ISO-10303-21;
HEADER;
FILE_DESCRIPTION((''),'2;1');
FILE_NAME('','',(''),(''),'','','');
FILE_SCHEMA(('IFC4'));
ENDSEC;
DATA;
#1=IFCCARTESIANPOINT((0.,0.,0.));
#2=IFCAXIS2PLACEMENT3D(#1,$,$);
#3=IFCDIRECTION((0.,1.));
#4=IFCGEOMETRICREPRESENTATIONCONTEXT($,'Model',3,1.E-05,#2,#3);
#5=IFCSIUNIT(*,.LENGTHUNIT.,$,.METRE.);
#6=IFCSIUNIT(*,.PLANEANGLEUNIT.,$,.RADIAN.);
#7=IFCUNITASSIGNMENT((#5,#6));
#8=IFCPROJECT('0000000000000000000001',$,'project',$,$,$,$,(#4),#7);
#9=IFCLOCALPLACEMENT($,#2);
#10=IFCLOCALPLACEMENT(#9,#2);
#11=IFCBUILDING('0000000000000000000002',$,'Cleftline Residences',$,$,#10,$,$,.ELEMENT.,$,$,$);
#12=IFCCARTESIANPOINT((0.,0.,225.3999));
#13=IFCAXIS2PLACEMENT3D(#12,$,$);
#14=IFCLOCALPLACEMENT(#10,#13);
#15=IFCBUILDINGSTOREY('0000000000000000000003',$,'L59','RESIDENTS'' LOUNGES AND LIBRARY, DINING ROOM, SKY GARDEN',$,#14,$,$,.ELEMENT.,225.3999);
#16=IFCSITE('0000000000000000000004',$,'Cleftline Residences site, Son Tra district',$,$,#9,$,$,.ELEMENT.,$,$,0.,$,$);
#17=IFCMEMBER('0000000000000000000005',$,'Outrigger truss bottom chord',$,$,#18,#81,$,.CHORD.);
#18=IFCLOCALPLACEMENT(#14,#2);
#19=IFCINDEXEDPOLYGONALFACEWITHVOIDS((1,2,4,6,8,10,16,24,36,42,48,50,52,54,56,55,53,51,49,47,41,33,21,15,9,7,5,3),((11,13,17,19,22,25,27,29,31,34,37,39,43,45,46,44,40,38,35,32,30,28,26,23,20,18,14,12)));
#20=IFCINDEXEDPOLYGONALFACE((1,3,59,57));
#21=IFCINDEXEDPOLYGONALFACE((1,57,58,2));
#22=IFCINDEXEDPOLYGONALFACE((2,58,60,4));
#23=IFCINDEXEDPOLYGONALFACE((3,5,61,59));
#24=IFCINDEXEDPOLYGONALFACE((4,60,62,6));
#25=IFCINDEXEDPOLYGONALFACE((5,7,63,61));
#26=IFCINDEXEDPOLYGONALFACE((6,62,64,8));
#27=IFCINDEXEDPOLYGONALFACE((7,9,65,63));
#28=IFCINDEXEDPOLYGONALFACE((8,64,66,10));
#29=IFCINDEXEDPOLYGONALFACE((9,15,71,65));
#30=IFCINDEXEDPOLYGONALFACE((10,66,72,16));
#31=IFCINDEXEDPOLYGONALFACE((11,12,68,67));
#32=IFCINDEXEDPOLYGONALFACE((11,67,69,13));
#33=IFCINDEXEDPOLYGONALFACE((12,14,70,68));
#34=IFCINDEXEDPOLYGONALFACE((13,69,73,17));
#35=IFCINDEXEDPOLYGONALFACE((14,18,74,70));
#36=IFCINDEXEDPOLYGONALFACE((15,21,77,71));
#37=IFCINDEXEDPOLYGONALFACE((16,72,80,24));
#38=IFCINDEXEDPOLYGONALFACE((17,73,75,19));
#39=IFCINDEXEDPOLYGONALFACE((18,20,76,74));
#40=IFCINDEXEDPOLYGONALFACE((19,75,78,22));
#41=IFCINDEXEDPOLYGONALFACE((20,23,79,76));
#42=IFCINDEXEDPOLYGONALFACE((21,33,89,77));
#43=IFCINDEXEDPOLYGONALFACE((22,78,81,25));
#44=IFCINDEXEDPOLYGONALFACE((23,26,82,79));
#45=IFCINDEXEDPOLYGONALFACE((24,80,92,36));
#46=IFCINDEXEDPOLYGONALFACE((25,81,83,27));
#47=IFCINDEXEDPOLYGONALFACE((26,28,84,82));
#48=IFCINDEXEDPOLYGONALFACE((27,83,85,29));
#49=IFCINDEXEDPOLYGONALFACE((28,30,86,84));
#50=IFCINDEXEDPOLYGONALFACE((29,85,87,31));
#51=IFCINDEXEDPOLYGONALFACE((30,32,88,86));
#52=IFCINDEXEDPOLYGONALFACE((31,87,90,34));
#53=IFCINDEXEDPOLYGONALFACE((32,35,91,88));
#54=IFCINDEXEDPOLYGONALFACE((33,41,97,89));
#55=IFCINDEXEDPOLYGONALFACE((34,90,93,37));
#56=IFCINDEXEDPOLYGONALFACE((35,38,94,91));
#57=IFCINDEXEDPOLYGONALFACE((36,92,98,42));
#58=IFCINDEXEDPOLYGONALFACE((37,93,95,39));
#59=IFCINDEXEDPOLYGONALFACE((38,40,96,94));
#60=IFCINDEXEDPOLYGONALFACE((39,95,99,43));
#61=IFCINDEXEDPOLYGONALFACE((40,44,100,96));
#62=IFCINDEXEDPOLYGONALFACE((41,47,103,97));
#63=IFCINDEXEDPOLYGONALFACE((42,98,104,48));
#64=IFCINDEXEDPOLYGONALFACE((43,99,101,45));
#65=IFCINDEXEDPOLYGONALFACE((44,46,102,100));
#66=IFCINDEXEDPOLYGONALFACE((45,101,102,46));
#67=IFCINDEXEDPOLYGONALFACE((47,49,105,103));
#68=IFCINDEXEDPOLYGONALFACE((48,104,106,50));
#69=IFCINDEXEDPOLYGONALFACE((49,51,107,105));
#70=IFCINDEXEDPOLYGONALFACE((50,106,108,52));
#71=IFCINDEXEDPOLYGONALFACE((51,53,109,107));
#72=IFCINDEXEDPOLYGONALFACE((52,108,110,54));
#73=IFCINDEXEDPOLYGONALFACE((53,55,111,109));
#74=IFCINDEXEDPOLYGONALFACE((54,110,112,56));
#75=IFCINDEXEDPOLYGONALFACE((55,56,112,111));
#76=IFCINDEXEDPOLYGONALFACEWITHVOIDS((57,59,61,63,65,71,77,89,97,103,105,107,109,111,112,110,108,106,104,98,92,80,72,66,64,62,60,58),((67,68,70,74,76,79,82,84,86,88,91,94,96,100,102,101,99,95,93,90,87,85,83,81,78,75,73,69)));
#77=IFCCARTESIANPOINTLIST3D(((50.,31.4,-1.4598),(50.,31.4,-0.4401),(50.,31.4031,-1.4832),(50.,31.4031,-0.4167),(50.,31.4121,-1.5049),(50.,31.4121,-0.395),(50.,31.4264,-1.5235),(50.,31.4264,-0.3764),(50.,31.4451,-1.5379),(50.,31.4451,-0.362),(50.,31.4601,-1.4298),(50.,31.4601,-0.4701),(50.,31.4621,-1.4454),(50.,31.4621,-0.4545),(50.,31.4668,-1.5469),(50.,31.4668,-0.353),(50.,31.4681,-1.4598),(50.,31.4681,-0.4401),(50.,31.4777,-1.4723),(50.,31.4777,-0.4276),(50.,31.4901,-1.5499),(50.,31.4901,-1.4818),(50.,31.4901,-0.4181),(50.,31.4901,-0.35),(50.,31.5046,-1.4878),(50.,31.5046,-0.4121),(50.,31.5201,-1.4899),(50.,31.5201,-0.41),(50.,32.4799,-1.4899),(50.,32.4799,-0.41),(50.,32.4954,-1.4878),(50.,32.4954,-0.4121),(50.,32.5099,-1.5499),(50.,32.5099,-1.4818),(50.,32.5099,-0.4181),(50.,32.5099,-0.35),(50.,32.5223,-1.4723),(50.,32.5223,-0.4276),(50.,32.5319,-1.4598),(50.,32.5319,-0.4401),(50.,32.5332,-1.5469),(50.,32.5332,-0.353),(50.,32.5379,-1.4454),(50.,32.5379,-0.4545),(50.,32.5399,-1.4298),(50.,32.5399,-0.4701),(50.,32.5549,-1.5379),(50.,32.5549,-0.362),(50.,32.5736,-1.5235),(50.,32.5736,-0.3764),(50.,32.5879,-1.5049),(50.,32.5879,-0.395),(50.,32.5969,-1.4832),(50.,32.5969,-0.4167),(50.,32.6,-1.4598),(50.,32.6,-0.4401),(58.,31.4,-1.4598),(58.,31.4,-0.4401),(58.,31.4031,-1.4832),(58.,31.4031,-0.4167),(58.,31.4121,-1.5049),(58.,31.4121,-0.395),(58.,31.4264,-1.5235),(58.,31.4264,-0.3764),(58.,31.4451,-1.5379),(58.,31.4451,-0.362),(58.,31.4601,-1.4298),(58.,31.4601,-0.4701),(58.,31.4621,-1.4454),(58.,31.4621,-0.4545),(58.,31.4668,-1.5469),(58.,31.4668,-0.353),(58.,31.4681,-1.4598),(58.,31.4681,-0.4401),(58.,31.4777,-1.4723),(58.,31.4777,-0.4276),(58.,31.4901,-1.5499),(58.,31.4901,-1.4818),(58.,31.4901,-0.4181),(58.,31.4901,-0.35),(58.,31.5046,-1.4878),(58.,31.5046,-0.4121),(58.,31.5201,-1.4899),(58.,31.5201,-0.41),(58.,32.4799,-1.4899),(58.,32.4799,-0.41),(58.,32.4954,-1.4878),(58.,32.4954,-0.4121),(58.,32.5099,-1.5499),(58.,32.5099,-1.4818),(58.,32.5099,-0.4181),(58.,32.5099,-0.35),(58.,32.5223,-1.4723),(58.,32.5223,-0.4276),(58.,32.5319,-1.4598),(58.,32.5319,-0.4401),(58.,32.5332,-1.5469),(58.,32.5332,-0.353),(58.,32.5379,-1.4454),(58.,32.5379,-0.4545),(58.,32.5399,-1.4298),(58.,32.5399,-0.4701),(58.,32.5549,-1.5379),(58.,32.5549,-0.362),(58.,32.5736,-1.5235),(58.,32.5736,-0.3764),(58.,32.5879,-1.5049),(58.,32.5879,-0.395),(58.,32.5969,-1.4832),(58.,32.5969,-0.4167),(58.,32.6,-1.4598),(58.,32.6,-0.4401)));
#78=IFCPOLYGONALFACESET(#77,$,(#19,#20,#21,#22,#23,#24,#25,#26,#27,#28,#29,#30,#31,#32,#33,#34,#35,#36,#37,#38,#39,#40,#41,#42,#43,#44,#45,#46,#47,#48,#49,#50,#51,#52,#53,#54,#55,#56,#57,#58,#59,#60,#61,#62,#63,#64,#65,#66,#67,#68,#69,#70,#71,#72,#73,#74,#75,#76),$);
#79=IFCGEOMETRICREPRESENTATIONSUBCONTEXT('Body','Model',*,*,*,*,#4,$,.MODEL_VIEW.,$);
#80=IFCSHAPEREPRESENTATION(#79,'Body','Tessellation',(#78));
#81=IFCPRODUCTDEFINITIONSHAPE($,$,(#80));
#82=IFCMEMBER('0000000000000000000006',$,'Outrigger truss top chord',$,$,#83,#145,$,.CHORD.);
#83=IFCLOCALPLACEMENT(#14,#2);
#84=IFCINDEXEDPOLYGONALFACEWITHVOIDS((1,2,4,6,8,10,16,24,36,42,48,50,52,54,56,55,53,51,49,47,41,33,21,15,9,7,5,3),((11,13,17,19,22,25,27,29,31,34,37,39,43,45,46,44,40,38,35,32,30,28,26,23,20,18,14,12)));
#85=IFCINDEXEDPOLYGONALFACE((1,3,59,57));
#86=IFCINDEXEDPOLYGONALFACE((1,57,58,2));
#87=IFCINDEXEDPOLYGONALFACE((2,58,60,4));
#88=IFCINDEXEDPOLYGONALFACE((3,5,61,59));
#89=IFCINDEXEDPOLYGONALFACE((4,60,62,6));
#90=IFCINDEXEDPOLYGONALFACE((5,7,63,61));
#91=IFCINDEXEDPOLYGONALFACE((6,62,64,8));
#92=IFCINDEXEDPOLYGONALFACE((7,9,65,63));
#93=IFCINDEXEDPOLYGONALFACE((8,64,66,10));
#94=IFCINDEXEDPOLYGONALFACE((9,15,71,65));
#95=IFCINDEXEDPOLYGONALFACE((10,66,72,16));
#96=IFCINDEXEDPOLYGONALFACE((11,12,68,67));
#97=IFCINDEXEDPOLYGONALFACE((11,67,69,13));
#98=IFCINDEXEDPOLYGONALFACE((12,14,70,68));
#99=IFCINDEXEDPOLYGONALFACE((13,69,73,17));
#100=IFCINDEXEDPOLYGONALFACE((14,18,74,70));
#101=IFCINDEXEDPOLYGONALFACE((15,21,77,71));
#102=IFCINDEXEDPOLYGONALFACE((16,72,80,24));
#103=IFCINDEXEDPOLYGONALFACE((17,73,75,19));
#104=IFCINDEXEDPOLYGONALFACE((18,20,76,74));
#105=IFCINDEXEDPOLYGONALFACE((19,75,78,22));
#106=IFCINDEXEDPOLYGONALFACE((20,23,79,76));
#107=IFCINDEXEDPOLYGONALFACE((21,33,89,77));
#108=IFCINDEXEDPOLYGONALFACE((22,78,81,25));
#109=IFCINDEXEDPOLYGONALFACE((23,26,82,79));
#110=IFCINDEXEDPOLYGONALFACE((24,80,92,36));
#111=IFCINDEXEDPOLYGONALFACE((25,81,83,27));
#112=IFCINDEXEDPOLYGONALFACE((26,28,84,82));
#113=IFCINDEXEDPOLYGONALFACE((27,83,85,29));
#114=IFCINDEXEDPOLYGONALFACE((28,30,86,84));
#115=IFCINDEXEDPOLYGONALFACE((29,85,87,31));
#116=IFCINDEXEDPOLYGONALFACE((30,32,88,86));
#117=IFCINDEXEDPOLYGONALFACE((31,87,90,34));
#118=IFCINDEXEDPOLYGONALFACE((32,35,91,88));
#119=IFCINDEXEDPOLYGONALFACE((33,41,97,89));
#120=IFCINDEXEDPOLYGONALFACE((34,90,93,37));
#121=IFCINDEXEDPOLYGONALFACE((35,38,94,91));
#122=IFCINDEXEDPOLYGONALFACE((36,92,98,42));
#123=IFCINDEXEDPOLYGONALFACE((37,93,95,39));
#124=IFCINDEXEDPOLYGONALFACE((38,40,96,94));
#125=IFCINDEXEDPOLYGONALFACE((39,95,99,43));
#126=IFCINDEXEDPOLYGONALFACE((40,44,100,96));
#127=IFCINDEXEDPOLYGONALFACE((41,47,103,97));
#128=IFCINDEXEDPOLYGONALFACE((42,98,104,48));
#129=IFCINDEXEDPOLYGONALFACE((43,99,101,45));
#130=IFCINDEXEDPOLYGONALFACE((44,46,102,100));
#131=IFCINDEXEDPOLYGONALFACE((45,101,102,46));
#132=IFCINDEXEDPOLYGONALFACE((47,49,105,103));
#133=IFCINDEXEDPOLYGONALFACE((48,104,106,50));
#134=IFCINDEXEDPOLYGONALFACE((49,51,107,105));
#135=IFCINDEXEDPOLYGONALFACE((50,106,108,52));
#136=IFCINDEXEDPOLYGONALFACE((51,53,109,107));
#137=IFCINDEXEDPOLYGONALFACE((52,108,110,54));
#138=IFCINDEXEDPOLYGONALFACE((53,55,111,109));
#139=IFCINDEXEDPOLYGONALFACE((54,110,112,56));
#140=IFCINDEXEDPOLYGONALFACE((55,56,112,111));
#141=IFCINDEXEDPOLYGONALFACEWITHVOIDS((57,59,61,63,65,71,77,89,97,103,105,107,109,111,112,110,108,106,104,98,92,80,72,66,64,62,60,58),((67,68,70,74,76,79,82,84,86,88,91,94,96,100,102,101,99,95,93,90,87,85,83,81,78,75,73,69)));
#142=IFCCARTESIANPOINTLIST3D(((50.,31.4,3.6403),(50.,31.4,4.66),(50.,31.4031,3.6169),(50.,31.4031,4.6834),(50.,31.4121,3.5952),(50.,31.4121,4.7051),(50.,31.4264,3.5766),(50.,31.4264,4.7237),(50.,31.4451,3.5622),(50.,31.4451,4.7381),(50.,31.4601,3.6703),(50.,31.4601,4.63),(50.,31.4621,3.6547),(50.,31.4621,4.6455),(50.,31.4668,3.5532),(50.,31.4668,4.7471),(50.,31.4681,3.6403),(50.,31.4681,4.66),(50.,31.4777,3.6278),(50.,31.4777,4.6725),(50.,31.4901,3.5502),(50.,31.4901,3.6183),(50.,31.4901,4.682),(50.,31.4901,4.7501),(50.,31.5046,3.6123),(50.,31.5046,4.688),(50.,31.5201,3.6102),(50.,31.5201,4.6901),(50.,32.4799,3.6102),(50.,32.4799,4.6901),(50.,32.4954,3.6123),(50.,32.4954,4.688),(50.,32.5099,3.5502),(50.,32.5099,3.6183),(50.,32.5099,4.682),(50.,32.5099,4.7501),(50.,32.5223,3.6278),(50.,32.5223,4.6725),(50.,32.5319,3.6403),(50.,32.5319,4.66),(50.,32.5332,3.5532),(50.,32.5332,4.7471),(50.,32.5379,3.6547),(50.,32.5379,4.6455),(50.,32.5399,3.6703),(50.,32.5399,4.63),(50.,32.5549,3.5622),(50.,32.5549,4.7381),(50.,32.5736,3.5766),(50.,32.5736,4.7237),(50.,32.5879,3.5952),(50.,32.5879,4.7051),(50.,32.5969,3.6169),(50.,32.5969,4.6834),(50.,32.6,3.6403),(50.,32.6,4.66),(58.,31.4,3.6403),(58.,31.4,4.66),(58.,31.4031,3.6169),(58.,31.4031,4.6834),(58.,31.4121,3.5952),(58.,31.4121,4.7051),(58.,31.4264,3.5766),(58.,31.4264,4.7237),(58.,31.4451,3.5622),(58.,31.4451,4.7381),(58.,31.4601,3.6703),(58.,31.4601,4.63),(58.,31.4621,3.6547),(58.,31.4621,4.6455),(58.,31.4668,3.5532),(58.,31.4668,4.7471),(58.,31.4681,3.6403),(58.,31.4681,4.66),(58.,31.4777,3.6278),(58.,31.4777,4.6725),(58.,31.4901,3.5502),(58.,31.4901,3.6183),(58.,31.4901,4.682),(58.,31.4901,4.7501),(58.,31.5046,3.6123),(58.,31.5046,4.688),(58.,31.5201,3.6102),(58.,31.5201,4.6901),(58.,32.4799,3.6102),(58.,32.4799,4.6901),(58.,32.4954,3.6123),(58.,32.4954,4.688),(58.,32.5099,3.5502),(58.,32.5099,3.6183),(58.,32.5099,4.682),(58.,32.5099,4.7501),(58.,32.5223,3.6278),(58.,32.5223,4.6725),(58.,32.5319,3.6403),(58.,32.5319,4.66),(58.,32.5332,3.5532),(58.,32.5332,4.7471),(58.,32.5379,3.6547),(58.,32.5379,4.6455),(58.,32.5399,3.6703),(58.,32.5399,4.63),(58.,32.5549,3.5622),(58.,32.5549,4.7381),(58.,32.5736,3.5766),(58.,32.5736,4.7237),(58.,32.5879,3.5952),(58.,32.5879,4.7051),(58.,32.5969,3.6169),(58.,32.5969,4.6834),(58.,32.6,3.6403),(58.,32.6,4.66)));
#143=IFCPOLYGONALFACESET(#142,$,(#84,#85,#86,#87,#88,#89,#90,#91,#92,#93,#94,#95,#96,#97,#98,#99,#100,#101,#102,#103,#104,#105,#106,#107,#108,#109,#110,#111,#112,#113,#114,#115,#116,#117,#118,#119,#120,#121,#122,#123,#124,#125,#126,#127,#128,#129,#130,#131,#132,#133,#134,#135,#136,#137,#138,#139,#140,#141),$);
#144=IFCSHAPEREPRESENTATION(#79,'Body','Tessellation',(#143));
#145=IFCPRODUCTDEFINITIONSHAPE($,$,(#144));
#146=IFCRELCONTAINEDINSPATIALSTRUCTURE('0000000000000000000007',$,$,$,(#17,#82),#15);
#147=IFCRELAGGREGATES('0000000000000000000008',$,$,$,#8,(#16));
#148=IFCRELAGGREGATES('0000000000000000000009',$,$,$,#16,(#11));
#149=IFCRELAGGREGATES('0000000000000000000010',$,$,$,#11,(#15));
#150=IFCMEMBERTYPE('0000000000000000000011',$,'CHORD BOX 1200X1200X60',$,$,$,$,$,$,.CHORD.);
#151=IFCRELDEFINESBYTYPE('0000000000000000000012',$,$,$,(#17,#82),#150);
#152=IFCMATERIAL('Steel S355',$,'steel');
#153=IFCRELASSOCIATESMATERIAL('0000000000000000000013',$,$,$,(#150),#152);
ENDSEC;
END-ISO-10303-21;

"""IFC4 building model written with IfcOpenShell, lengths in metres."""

from ifc_helpers import new_model, si_unit, direction, frame, origin, origin_2d, place, context, subcontext, project, spatial, hollow_rectangle, extrude, material, material_profile, profile_set, type_object, element, save


model = new_model("IFC4")

# Units and contexts
model_context = context("Model", 3, precision=1e-05, world=origin(), true_north=direction((0.0, 1.0)))
body_context = subcontext(model_context, "Body", "Model", "MODEL_VIEW")
ifc_project = project(units=[si_unit("LENGTHUNIT", "METRE"), si_unit("PLANEANGLEUNIT", "RADIAN")], contexts=[model_context])

# Site, building, storey
site_placement = place(None, origin())
site = spatial("IfcSite", under=ifc_project, at=site_placement, Name="Cleftline Residences site, Son Tra district", CompositionType="ELEMENT", RefElevation=0.0)
building_placement = place(site_placement, origin())
building = spatial("IfcBuilding", under=site, at=building_placement, Name="Cleftline Residences", CompositionType="ELEMENT")
storey_placement = place(building_placement, frame((0.0, 0.0, 225.3999)))
storey = spatial("IfcBuildingStorey", under=building, at=storey_placement, Name="L59", Description="RESIDENTS' LOUNGES AND LIBRARY, DINING ROOM, SKY GARDEN", CompositionType="ELEMENT", Elevation=225.3999)

# Members
ifc_material_1 = material(Name="Steel S355", Category="steel")
ifc_material_profile_1 = material_profile(ifc_material_1, hollow_rectangle(XDim=1.2, YDim=1.2, WallThickness=0.0601, InnerFilletRadius=0.0601, OuterFilletRadius=0.0901, at=origin_2d()))
ifc_profile_set_1 = profile_set([ifc_material_profile_1], Name="Steel S355")
member_type_1 = type_object("IfcMemberType", Name="CHORD BOX 1200X1200X60", PredefinedType="CHORD", material=ifc_profile_set_1)
for number, where, z_axis, x_axis, name in (
    (1, (50.0, 32.0, -0.95), (1.0, 0.0, 0.0), (0.0, 1.0, 0.0), "Outrigger truss bottom chord"),
    (2, (50.0, 32.0, 4.1501), (1.0, 0.0, 0.0), (0.0, 1.0, 0.0), "Outrigger truss top chord"),
):
    element("IfcMember", number, at=place(storey_placement, frame(where, z_axis=z_axis, x_axis=x_axis)), inside=storey, type_object=member_type_1, Name=name, PredefinedType="CHORD", context=body_context, shape_type="SweptSolid", body=[
        extrude(hollow_rectangle(XDim=1.2, YDim=1.2, WallThickness=0.0601, InnerFilletRadius=0.0601, OuterFilletRadius=0.0901, at=origin_2d()), origin(), (0.0, 0.0, 1.0), 8.0),
    ])

save(model, "model.ifc")
